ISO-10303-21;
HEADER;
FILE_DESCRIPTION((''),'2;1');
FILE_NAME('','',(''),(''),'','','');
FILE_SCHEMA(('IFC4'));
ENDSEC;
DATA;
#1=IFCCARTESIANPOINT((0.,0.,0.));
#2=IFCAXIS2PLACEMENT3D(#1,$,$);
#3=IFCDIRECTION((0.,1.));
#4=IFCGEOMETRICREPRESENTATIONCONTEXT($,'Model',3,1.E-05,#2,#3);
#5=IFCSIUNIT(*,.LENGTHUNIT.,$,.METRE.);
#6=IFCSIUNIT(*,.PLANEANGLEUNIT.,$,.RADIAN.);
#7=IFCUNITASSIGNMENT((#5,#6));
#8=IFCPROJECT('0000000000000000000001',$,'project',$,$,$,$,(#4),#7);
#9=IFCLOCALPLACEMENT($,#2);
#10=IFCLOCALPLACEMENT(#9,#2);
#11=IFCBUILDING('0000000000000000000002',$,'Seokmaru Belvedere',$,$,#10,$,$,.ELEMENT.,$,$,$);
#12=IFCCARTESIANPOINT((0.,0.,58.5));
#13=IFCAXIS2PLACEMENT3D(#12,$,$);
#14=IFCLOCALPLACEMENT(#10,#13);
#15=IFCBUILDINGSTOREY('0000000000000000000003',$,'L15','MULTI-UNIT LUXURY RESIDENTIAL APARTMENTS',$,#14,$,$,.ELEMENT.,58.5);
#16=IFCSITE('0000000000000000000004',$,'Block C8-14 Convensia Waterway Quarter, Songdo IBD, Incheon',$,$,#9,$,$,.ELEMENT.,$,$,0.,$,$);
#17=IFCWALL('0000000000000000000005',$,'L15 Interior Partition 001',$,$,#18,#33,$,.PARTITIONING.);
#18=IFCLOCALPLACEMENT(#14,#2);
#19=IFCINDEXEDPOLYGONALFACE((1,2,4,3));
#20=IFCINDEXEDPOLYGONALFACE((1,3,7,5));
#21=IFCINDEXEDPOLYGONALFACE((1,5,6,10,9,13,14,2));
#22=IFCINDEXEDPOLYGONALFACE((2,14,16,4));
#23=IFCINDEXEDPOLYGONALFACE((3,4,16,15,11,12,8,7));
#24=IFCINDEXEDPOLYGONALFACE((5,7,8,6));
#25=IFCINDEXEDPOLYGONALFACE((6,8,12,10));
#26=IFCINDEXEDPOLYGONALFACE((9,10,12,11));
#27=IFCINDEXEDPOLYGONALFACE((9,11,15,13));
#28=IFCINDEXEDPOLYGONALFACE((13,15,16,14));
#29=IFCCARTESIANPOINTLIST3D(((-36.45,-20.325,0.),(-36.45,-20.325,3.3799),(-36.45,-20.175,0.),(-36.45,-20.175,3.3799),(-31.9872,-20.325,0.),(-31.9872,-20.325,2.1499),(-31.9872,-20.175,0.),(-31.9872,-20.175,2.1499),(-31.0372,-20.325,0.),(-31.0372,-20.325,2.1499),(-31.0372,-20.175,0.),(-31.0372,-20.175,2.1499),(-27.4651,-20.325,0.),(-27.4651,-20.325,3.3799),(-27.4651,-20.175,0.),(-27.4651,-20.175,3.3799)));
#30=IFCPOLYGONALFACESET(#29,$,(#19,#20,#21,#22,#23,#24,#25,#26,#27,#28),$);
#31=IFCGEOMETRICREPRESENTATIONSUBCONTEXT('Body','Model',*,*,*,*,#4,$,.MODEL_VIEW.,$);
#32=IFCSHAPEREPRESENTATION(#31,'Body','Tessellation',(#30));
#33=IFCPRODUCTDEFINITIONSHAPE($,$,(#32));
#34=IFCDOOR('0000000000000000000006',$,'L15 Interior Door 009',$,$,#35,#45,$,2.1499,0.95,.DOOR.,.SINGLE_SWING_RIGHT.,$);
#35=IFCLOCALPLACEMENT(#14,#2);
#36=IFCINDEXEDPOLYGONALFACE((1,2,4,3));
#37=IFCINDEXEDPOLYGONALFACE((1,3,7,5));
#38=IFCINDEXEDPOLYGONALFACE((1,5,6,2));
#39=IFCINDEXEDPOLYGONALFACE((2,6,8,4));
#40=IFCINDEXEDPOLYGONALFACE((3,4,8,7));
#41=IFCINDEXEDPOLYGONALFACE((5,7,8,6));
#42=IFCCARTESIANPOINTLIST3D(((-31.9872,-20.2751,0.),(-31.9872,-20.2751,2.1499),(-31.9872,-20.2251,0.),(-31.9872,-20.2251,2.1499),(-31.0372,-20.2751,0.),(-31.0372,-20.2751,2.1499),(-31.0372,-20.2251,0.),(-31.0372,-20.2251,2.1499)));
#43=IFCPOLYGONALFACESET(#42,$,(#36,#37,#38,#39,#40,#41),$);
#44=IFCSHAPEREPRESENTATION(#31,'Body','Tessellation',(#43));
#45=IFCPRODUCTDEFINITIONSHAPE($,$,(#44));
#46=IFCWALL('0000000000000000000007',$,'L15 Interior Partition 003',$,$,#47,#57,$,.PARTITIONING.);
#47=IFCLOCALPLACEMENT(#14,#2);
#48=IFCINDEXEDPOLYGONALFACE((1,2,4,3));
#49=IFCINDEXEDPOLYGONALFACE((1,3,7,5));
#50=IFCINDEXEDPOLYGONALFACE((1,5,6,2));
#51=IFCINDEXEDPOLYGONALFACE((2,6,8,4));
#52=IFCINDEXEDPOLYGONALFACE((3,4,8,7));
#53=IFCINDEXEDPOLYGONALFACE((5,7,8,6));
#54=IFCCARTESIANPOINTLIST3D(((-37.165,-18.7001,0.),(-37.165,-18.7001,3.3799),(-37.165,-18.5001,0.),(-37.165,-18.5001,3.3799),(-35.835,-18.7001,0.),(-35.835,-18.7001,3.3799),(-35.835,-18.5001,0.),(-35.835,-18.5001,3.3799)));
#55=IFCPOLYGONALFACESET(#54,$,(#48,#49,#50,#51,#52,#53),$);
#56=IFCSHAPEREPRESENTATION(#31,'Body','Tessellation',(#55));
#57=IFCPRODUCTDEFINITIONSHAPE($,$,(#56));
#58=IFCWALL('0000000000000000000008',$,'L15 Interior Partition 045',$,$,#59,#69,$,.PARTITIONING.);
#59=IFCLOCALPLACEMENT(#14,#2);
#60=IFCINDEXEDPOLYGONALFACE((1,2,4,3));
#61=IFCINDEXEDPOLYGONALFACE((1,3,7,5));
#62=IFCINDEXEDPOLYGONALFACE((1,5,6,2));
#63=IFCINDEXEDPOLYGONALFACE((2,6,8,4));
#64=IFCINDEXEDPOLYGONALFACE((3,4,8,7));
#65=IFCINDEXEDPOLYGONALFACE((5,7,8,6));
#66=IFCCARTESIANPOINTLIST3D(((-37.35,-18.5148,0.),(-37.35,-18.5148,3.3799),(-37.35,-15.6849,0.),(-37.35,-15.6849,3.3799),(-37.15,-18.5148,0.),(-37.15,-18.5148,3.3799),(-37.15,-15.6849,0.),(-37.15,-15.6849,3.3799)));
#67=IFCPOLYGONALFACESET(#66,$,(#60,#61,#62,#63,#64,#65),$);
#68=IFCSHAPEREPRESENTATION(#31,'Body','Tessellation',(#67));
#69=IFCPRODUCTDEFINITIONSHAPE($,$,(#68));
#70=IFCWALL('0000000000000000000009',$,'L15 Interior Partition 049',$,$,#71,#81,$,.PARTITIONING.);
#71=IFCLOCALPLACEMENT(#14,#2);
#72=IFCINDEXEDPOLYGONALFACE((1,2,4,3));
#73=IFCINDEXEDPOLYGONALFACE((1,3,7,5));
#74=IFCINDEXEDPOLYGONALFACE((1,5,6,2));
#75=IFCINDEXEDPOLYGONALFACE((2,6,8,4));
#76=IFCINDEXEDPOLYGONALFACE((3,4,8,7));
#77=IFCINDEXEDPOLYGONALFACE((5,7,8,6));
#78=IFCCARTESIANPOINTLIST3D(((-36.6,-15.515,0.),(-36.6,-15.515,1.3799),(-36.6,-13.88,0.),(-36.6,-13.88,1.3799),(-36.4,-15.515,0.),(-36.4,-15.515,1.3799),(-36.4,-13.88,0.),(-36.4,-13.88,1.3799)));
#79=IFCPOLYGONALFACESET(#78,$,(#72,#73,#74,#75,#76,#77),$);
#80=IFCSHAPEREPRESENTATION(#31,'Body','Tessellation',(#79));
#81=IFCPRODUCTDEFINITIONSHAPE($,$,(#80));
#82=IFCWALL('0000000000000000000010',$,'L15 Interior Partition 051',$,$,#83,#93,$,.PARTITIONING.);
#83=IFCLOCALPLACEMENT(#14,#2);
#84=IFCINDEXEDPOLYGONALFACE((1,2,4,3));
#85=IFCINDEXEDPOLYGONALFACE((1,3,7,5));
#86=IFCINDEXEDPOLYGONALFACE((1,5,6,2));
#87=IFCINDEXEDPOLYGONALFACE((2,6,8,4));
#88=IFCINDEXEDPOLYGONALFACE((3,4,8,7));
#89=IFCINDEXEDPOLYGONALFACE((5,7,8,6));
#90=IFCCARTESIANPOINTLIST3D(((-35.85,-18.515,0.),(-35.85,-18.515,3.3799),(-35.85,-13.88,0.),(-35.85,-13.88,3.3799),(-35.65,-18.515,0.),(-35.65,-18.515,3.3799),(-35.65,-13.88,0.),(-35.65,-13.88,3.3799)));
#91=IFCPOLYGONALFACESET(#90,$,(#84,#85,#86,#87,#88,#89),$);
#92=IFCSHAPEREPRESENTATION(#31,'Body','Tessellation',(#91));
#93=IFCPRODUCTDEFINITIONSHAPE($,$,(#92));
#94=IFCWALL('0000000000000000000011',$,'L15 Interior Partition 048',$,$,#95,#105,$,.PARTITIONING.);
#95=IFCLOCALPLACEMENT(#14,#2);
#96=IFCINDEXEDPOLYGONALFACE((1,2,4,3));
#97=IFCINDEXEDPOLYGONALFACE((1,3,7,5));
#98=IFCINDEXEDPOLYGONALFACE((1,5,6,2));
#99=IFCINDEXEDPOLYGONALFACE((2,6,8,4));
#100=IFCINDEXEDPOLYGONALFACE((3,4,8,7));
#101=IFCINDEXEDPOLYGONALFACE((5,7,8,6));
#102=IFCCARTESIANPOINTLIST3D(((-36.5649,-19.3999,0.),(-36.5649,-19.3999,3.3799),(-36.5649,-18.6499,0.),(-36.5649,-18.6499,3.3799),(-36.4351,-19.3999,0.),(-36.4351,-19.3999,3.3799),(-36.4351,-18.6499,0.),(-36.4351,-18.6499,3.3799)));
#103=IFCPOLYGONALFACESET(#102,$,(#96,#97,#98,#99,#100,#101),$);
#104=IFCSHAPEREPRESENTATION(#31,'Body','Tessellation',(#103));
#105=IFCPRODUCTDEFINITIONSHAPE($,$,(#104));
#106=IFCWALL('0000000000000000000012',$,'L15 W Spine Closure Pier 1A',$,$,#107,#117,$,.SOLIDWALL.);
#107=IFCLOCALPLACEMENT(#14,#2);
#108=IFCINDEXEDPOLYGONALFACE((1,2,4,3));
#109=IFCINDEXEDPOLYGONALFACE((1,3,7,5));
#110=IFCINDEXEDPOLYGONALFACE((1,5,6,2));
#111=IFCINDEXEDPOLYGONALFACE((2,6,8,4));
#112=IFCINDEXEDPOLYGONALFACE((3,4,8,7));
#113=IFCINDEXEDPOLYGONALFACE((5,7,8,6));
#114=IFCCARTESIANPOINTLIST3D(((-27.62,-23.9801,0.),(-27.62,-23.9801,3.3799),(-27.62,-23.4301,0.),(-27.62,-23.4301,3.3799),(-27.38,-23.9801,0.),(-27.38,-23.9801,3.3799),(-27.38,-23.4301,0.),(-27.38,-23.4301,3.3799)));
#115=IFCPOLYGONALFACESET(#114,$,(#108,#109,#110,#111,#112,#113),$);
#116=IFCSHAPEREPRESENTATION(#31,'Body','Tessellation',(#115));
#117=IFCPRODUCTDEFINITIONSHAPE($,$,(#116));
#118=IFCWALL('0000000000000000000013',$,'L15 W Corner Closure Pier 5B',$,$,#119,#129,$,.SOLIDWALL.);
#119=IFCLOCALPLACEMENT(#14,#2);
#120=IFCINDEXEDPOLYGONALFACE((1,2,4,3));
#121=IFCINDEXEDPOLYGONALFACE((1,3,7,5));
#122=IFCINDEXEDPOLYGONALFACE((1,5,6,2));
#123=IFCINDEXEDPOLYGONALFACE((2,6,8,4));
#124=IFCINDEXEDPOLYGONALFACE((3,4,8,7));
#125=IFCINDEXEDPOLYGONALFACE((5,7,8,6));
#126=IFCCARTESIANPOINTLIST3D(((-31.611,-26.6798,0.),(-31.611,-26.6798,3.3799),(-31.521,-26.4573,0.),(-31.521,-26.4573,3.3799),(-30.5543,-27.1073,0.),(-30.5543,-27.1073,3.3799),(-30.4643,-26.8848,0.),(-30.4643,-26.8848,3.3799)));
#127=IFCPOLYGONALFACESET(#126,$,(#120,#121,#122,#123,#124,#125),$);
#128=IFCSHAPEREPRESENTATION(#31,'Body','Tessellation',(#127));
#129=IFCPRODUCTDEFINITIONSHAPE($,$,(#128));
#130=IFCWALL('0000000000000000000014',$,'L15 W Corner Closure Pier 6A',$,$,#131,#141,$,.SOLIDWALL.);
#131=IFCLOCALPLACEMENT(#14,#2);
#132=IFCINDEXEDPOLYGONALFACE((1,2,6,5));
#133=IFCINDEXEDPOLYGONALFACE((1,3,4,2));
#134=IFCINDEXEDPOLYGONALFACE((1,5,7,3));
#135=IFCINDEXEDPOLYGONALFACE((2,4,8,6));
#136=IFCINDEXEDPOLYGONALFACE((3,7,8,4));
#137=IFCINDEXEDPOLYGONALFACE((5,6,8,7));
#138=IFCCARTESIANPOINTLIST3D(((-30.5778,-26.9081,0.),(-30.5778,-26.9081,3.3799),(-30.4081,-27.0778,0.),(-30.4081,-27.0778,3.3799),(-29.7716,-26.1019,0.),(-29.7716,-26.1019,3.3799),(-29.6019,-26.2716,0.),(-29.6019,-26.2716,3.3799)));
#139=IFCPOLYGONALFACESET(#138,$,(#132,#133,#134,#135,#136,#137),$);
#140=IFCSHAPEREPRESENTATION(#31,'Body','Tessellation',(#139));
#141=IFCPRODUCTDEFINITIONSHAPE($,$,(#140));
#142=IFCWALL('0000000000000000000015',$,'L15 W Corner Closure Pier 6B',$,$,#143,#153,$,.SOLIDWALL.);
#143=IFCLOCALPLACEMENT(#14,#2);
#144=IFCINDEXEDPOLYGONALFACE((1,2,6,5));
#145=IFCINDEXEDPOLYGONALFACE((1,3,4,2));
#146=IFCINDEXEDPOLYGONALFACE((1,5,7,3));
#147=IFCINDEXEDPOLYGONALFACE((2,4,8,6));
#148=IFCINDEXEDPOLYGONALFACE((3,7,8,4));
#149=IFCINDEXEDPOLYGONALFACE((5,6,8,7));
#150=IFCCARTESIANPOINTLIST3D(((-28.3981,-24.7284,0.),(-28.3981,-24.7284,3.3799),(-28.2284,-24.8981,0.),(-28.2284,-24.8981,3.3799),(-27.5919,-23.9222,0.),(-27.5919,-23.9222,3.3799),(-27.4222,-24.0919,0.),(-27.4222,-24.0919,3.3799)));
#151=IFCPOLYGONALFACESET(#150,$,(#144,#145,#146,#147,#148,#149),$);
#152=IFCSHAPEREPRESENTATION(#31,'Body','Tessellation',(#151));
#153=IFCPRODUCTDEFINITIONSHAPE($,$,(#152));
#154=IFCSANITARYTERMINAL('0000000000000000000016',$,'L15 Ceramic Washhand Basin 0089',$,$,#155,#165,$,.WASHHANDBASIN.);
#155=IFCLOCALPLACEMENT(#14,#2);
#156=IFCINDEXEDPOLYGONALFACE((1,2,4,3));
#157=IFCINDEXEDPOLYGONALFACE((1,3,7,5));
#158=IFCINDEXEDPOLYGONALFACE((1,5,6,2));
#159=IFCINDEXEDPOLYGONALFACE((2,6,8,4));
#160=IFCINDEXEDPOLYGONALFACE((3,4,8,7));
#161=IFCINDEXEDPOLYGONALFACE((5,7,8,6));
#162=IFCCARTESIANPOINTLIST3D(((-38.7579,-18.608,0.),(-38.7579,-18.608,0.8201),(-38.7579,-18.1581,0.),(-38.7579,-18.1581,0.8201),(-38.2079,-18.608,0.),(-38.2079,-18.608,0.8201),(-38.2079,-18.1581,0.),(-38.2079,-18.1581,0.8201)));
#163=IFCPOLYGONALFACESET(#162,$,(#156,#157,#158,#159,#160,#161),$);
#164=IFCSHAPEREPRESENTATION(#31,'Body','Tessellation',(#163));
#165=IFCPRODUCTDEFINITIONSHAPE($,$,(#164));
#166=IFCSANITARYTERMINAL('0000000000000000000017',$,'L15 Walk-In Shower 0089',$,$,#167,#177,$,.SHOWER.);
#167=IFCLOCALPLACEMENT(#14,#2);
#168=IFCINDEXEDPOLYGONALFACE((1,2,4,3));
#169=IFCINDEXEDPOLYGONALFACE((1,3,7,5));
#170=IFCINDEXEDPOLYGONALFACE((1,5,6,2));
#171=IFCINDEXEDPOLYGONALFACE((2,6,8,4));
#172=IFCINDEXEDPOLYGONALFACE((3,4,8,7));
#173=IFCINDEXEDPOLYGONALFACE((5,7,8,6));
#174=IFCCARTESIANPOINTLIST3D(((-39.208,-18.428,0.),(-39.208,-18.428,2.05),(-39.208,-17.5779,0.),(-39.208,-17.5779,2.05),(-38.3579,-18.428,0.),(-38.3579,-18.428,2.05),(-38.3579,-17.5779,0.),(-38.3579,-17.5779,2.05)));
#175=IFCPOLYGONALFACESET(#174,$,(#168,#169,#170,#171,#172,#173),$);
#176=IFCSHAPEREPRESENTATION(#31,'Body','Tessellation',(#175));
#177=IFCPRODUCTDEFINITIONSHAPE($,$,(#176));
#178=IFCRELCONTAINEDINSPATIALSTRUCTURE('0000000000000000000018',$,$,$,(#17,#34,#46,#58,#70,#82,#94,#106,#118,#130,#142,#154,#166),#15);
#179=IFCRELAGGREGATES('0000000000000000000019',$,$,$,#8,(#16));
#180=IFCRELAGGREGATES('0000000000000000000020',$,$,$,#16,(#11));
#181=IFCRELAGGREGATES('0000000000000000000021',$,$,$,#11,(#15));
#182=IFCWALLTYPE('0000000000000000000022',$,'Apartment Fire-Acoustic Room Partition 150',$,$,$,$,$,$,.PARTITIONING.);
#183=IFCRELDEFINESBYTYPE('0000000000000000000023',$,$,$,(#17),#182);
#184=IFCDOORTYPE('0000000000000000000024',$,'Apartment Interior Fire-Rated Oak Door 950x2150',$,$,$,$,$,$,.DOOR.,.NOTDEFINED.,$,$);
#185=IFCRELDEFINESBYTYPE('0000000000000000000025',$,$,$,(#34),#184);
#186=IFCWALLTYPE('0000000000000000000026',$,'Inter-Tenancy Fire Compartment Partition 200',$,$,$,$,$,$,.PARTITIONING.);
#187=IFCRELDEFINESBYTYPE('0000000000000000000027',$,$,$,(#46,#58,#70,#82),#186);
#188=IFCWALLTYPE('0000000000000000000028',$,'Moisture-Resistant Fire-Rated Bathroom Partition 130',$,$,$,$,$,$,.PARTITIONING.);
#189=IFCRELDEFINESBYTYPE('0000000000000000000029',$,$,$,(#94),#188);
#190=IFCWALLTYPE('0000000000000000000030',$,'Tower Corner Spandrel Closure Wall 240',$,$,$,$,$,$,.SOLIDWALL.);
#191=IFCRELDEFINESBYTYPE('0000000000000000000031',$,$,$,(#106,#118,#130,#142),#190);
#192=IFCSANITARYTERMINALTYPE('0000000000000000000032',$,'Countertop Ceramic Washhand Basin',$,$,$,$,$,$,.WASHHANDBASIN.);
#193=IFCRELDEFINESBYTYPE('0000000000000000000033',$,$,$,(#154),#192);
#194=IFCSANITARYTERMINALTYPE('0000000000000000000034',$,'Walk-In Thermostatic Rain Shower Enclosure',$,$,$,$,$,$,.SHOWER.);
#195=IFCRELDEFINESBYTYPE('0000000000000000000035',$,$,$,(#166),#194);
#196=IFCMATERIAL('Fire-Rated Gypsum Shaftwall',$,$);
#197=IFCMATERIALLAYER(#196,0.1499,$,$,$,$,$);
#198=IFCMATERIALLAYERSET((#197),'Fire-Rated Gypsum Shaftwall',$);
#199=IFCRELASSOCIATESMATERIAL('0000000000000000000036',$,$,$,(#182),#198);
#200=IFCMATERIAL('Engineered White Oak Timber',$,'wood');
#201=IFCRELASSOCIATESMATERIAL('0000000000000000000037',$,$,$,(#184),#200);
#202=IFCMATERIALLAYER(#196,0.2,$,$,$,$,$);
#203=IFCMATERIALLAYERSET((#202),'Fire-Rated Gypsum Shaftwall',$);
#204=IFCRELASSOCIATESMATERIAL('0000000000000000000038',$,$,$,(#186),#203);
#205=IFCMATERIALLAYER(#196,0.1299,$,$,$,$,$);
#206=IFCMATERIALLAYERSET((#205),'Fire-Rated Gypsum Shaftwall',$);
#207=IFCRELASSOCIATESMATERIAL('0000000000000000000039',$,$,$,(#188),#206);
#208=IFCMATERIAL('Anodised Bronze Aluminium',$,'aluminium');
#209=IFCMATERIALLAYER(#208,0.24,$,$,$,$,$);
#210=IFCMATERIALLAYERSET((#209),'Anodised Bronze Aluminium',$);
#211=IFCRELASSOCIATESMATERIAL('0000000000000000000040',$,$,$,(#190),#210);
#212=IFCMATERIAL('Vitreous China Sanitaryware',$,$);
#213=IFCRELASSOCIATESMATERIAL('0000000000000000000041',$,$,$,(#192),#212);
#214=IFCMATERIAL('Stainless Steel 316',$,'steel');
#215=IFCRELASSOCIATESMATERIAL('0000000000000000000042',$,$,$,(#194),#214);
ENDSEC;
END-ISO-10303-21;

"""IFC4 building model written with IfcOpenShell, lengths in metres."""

from ifc_helpers import new_model, si_unit, direction, frame, frame_2d, origin, origin_2d, place, context, subcontext, project, spatial, rectangle, extrude, source, transform, mapped, material, layer, layer_set, type_object, type_shapes, element, fill, save


model = new_model("IFC4")

# Units and contexts
model_context = context("Model", 3, precision=1e-05, world=origin(), true_north=direction((0.0, 1.0)))
body_context = subcontext(model_context, "Body", "Model", "MODEL_VIEW")
ifc_project = project(units=[si_unit("LENGTHUNIT", "METRE"), si_unit("PLANEANGLEUNIT", "RADIAN")], contexts=[model_context])

# Site, building, storey
site_placement = place(None, origin())
site = spatial("IfcSite", under=ifc_project, at=site_placement, Name="Block C8-14 Convensia Waterway Quarter, Songdo IBD, Incheon", CompositionType="ELEMENT", RefElevation=0.0)
building_placement = place(site_placement, origin())
building = spatial("IfcBuilding", under=site, at=building_placement, Name="Seokmaru Belvedere", CompositionType="ELEMENT")
storey_placement = place(building_placement, frame((0.0, 0.0, 58.5)))
storey = spatial("IfcBuildingStorey", under=building, at=storey_placement, Name="L15", Description="MULTI-UNIT LUXURY RESIDENTIAL APARTMENTS", CompositionType="ELEMENT", Elevation=58.5)

# Shared definitions
ifc_material_1 = material(Name="Anodised Bronze Aluminium", Category="aluminium")

# Wall, opening, door
ifc_material_2 = material(Name="Fire-Rated Gypsum Shaftwall")
ifc_layer_1 = layer(ifc_material_2, 0.1499)
ifc_layer_set_1 = layer_set([ifc_layer_1], Name="Fire-Rated Gypsum Shaftwall")
wall_type_1 = type_object("IfcWallType", Name="Apartment Fire-Acoustic Room Partition 150", PredefinedType="PARTITIONING", material=ifc_layer_set_1)
wall_1_placement = place(storey_placement, frame((-36.45, -20.25, 0.0), z_axis=(0.0, 0.0, 1.0), x_axis=(1.0, 0.0, 0.0)))
wall_1 = element("IfcWall", 1, at=wall_1_placement, inside=storey, type_object=wall_type_1, Name="L15 Interior Partition 001", PredefinedType="PARTITIONING", context=body_context, shape_type="SweptSolid", body=[
    extrude(rectangle(XDim=8.9849, YDim=0.1499, at=frame_2d((4.4924, 0.0))), origin(), (0.0, 0.0, 1.0), 3.3799),
])
opening_1_placement = place(wall_1_placement, frame((4.4626, 0.0, 0.0)))
opening_1 = element("IfcOpeningElement", 2, at=opening_1_placement, cuts=wall_1, PredefinedType="OPENING", context=body_context, shape_type="SweptSolid", body=[
    extrude(rectangle(XDim=0.95, YDim=2.1499, at=frame_2d((0.4751, 1.075))), frame((0.0, 0.085, 0.0), z_axis=(0.0, -1.0, 0.0), x_axis=(1.0, 0.0, 0.0)), (0.0, 0.0, 1.0), 0.1699),
])
ifc_material_3 = material(Name="Engineered White Oak Timber", Category="wood")
door_type = type_object("IfcDoorType", Name="Apartment Interior Fire-Rated Oak Door 950x2150", OperationType="NOTDEFINED", PredefinedType="DOOR", material=ifc_material_3)
shared_shape_1 = source(origin(), body_context, "Body", "SweptSolid", [
    extrude(rectangle(XDim=0.95, YDim=2.1499, at=frame_2d((0.4751, 1.075))), frame((0.0, 0.0249, 0.0), z_axis=(0.0, -1.0, 0.0), x_axis=(1.0, 0.0, 0.0)), (0.0, 0.0, 1.0), 0.05),
])
type_shapes(door_type, [shared_shape_1])
door_1_placement = place(opening_1_placement, origin())
door_1 = element("IfcDoor", 3, at=door_1_placement, inside=storey, type_object=door_type, Name="L15 Interior Door 009", OperationType="SINGLE_SWING_RIGHT", OverallHeight=2.1499, OverallWidth=0.95, PredefinedType="DOOR", context=body_context, shape_type="MappedRepresentation", body=[
    mapped(shared_shape_1, transform((0.0, 0.0, 0.0), scale=1.0)),
])
fill(opening_1, door_1)

# Walls
ifc_layer_2 = layer(ifc_material_2, 0.2)
ifc_layer_set_2 = layer_set([ifc_layer_2], Name="Fire-Rated Gypsum Shaftwall")
wall_type_2 = type_object("IfcWallType", Name="Inter-Tenancy Fire Compartment Partition 200", PredefinedType="PARTITIONING", material=ifc_layer_set_2)
wall_2_placement = place(storey_placement, frame((-37.165, -18.6001, 0.0), z_axis=(0.0, 0.0, 1.0), x_axis=(1.0, 0.0, 0.0)))
element("IfcWall", 4, at=wall_2_placement, inside=storey, type_object=wall_type_2, Name="L15 Interior Partition 003", PredefinedType="PARTITIONING", context=body_context, shape_type="SweptSolid", body=[
    extrude(rectangle(XDim=1.3301, YDim=0.2, at=frame_2d((0.665, 0.0))), origin(), (0.0, 0.0, 1.0), 3.3799),
])
wall_3_placement = place(storey_placement, frame((-37.25, -18.5149, 0.0), z_axis=(0.0, 0.0, 1.0), x_axis=(0.0, 1.0, 0.0)))
element("IfcWall", 5, at=wall_3_placement, inside=storey, type_object=wall_type_2, Name="L15 Interior Partition 045", PredefinedType="PARTITIONING", context=body_context, shape_type="SweptSolid", body=[
    extrude(rectangle(XDim=2.8298, YDim=0.2, at=frame_2d((1.415, 0.0))), origin(), (0.0, 0.0, 1.0), 3.3799),
])
wall_4_placement = place(storey_placement, frame((-36.5, -15.5149, 0.0), z_axis=(0.0, 0.0, 1.0), x_axis=(0.0, 1.0, 0.0)))
element("IfcWall", 6, at=wall_4_placement, inside=storey, type_object=wall_type_2, Name="L15 Interior Partition 049", PredefinedType="PARTITIONING", context=body_context, shape_type="SweptSolid", body=[
    extrude(rectangle(XDim=1.635, YDim=0.2, at=frame_2d((0.8174, 0.0))), origin(), (0.0, 0.0, 1.0), 1.3799),
])
wall_5_placement = place(storey_placement, frame((-35.75, -18.5149, 0.0), z_axis=(0.0, 0.0, 1.0), x_axis=(0.0, 1.0, 0.0)))
element("IfcWall", 7, at=wall_5_placement, inside=storey, type_object=wall_type_2, Name="L15 Interior Partition 051", PredefinedType="PARTITIONING", context=body_context, shape_type="SweptSolid", body=[
    extrude(rectangle(XDim=4.635, YDim=0.2, at=frame_2d((2.3174, 0.0))), origin(), (0.0, 0.0, 1.0), 3.3799),
])
ifc_layer_3 = layer(ifc_material_2, 0.1299)
ifc_layer_set_3 = layer_set([ifc_layer_3], Name="Fire-Rated Gypsum Shaftwall")
wall_type_3 = type_object("IfcWallType", Name="Moisture-Resistant Fire-Rated Bathroom Partition 130", PredefinedType="PARTITIONING", material=ifc_layer_set_3)
wall_6_placement = place(storey_placement, frame((-36.5, -19.3999, 0.0), z_axis=(0.0, 0.0, 1.0), x_axis=(0.0, 1.0, 0.0)))
element("IfcWall", 8, at=wall_6_placement, inside=storey, type_object=wall_type_3, Name="L15 Interior Partition 048", PredefinedType="PARTITIONING", context=body_context, shape_type="SweptSolid", body=[
    extrude(rectangle(XDim=0.75, YDim=0.1299, at=frame_2d((0.375, 0.0))), origin(), (0.0, 0.0, 1.0), 3.3799),
])
ifc_layer_4 = layer(ifc_material_1, 0.24)
ifc_layer_set_4 = layer_set([ifc_layer_4], Name="Anodised Bronze Aluminium")
wall_type_4 = type_object("IfcWallType", Name="Tower Corner Spandrel Closure Wall 240", PredefinedType="SOLIDWALL", material=ifc_layer_set_4)
wall_7_placement = place(storey_placement, frame((-27.5, -23.98, 0.0), z_axis=(0.0, 0.0, 1.0), x_axis=(0.0, 1.0, 0.0)))
element("IfcWall", 9, at=wall_7_placement, inside=storey, type_object=wall_type_4, Name="L15 W Spine Closure Pier 1A", PredefinedType="SOLIDWALL", context=body_context, shape_type="SweptSolid", body=[
    extrude(rectangle(XDim=0.55, YDim=0.24, at=frame_2d((0.2749, 0.0))), origin(), (0.0, 0.0, 1.0), 3.3799),
])
wall_8_placement = place(storey_placement, frame((-31.5659, -26.5686, 0.0), z_axis=(0.0, 0.0, 1.0), x_axis=(0.927007, -0.375044, 0.0)))
element("IfcWall", 10, at=wall_8_placement, inside=storey, type_object=wall_type_4, Name="L15 W Corner Closure Pier 5B", PredefinedType="SOLIDWALL", context=body_context, shape_type="SweptSolid", body=[
    extrude(rectangle(XDim=1.1399, YDim=0.24, at=frame_2d((0.5698, 0.0))), origin(), (0.0, 0.0, 1.0), 3.3799),
])
for number, where, z_axis, x_axis, name in (
    (11, (-30.4929, -26.9929, 0.0), (0.0, 0.0, 1.0), (0.707107, 0.707107, 0.0), "L15 W Corner Closure Pier 6A"),
    (12, (-28.3132, -24.8132, 0.0), (0.0, 0.0, 1.0), (0.707107, 0.707107, 0.0), "L15 W Corner Closure Pier 6B"),
):
    element("IfcWall", number, at=place(storey_placement, frame(where, z_axis=z_axis, x_axis=x_axis)), inside=storey, type_object=wall_type_4, Name=name, PredefinedType="SOLIDWALL", context=body_context, shape_type="SweptSolid", body=[
        extrude(rectangle(XDim=1.1401, YDim=0.24, at=frame_2d((0.5701, 0.0))), origin(), (0.0, 0.0, 1.0), 3.3799),
    ])

# Sanitary terminals
ifc_material_4 = material(Name="Vitreous China Sanitaryware")
sanitary_terminal_type_1 = type_object("IfcSanitaryTerminalType", Name="Countertop Ceramic Washhand Basin", PredefinedType="WASHHANDBASIN", material=ifc_material_4)
shared_shape_2 = source(origin(), body_context, "Body", "SweptSolid", [
    extrude(rectangle(XDim=0.55, YDim=0.45, at=origin_2d()), origin(), (0.0, 0.0, 1.0), 0.8201),
])
type_shapes(sanitary_terminal_type_1, [shared_shape_2])
sanitary_terminal_1_placement = place(storey_placement, frame((-38.4829, -18.3831, 0.0), z_axis=(0.0, 0.0, 1.0), x_axis=(1.0, 0.0, 0.0)))
element("IfcSanitaryTerminal", 13, at=sanitary_terminal_1_placement, inside=storey, type_object=sanitary_terminal_type_1, Name="L15 Ceramic Washhand Basin 0089", PredefinedType="WASHHANDBASIN", context=body_context, shape_type="MappedRepresentation", body=[
    mapped(shared_shape_2, transform((0.0, 0.0, 0.0), scale=1.0)),
])
ifc_material_5 = material(Name="Stainless Steel 316", Category="steel")
sanitary_terminal_type_2 = type_object("IfcSanitaryTerminalType", Name="Walk-In Thermostatic Rain Shower Enclosure", PredefinedType="SHOWER", material=ifc_material_5)
shared_shape_3 = source(origin(), body_context, "Body", "SweptSolid", [
    extrude(rectangle(XDim=0.8501, YDim=0.8501, at=origin_2d()), origin(), (0.0, 0.0, 1.0), 2.05),
])
type_shapes(sanitary_terminal_type_2, [shared_shape_3])
sanitary_terminal_2_placement = place(storey_placement, frame((-38.783, -18.0029, 0.0), z_axis=(0.0, 0.0, 1.0), x_axis=(1.0, 0.0, 0.0)))
element("IfcSanitaryTerminal", 14, at=sanitary_terminal_2_placement, inside=storey, type_object=sanitary_terminal_type_2, Name="L15 Walk-In Shower 0089", PredefinedType="SHOWER", context=body_context, shape_type="MappedRepresentation", body=[
    mapped(shared_shape_3, transform((0.0, 0.0, 0.0), scale=1.0)),
])

save(model, "model.ifc")
